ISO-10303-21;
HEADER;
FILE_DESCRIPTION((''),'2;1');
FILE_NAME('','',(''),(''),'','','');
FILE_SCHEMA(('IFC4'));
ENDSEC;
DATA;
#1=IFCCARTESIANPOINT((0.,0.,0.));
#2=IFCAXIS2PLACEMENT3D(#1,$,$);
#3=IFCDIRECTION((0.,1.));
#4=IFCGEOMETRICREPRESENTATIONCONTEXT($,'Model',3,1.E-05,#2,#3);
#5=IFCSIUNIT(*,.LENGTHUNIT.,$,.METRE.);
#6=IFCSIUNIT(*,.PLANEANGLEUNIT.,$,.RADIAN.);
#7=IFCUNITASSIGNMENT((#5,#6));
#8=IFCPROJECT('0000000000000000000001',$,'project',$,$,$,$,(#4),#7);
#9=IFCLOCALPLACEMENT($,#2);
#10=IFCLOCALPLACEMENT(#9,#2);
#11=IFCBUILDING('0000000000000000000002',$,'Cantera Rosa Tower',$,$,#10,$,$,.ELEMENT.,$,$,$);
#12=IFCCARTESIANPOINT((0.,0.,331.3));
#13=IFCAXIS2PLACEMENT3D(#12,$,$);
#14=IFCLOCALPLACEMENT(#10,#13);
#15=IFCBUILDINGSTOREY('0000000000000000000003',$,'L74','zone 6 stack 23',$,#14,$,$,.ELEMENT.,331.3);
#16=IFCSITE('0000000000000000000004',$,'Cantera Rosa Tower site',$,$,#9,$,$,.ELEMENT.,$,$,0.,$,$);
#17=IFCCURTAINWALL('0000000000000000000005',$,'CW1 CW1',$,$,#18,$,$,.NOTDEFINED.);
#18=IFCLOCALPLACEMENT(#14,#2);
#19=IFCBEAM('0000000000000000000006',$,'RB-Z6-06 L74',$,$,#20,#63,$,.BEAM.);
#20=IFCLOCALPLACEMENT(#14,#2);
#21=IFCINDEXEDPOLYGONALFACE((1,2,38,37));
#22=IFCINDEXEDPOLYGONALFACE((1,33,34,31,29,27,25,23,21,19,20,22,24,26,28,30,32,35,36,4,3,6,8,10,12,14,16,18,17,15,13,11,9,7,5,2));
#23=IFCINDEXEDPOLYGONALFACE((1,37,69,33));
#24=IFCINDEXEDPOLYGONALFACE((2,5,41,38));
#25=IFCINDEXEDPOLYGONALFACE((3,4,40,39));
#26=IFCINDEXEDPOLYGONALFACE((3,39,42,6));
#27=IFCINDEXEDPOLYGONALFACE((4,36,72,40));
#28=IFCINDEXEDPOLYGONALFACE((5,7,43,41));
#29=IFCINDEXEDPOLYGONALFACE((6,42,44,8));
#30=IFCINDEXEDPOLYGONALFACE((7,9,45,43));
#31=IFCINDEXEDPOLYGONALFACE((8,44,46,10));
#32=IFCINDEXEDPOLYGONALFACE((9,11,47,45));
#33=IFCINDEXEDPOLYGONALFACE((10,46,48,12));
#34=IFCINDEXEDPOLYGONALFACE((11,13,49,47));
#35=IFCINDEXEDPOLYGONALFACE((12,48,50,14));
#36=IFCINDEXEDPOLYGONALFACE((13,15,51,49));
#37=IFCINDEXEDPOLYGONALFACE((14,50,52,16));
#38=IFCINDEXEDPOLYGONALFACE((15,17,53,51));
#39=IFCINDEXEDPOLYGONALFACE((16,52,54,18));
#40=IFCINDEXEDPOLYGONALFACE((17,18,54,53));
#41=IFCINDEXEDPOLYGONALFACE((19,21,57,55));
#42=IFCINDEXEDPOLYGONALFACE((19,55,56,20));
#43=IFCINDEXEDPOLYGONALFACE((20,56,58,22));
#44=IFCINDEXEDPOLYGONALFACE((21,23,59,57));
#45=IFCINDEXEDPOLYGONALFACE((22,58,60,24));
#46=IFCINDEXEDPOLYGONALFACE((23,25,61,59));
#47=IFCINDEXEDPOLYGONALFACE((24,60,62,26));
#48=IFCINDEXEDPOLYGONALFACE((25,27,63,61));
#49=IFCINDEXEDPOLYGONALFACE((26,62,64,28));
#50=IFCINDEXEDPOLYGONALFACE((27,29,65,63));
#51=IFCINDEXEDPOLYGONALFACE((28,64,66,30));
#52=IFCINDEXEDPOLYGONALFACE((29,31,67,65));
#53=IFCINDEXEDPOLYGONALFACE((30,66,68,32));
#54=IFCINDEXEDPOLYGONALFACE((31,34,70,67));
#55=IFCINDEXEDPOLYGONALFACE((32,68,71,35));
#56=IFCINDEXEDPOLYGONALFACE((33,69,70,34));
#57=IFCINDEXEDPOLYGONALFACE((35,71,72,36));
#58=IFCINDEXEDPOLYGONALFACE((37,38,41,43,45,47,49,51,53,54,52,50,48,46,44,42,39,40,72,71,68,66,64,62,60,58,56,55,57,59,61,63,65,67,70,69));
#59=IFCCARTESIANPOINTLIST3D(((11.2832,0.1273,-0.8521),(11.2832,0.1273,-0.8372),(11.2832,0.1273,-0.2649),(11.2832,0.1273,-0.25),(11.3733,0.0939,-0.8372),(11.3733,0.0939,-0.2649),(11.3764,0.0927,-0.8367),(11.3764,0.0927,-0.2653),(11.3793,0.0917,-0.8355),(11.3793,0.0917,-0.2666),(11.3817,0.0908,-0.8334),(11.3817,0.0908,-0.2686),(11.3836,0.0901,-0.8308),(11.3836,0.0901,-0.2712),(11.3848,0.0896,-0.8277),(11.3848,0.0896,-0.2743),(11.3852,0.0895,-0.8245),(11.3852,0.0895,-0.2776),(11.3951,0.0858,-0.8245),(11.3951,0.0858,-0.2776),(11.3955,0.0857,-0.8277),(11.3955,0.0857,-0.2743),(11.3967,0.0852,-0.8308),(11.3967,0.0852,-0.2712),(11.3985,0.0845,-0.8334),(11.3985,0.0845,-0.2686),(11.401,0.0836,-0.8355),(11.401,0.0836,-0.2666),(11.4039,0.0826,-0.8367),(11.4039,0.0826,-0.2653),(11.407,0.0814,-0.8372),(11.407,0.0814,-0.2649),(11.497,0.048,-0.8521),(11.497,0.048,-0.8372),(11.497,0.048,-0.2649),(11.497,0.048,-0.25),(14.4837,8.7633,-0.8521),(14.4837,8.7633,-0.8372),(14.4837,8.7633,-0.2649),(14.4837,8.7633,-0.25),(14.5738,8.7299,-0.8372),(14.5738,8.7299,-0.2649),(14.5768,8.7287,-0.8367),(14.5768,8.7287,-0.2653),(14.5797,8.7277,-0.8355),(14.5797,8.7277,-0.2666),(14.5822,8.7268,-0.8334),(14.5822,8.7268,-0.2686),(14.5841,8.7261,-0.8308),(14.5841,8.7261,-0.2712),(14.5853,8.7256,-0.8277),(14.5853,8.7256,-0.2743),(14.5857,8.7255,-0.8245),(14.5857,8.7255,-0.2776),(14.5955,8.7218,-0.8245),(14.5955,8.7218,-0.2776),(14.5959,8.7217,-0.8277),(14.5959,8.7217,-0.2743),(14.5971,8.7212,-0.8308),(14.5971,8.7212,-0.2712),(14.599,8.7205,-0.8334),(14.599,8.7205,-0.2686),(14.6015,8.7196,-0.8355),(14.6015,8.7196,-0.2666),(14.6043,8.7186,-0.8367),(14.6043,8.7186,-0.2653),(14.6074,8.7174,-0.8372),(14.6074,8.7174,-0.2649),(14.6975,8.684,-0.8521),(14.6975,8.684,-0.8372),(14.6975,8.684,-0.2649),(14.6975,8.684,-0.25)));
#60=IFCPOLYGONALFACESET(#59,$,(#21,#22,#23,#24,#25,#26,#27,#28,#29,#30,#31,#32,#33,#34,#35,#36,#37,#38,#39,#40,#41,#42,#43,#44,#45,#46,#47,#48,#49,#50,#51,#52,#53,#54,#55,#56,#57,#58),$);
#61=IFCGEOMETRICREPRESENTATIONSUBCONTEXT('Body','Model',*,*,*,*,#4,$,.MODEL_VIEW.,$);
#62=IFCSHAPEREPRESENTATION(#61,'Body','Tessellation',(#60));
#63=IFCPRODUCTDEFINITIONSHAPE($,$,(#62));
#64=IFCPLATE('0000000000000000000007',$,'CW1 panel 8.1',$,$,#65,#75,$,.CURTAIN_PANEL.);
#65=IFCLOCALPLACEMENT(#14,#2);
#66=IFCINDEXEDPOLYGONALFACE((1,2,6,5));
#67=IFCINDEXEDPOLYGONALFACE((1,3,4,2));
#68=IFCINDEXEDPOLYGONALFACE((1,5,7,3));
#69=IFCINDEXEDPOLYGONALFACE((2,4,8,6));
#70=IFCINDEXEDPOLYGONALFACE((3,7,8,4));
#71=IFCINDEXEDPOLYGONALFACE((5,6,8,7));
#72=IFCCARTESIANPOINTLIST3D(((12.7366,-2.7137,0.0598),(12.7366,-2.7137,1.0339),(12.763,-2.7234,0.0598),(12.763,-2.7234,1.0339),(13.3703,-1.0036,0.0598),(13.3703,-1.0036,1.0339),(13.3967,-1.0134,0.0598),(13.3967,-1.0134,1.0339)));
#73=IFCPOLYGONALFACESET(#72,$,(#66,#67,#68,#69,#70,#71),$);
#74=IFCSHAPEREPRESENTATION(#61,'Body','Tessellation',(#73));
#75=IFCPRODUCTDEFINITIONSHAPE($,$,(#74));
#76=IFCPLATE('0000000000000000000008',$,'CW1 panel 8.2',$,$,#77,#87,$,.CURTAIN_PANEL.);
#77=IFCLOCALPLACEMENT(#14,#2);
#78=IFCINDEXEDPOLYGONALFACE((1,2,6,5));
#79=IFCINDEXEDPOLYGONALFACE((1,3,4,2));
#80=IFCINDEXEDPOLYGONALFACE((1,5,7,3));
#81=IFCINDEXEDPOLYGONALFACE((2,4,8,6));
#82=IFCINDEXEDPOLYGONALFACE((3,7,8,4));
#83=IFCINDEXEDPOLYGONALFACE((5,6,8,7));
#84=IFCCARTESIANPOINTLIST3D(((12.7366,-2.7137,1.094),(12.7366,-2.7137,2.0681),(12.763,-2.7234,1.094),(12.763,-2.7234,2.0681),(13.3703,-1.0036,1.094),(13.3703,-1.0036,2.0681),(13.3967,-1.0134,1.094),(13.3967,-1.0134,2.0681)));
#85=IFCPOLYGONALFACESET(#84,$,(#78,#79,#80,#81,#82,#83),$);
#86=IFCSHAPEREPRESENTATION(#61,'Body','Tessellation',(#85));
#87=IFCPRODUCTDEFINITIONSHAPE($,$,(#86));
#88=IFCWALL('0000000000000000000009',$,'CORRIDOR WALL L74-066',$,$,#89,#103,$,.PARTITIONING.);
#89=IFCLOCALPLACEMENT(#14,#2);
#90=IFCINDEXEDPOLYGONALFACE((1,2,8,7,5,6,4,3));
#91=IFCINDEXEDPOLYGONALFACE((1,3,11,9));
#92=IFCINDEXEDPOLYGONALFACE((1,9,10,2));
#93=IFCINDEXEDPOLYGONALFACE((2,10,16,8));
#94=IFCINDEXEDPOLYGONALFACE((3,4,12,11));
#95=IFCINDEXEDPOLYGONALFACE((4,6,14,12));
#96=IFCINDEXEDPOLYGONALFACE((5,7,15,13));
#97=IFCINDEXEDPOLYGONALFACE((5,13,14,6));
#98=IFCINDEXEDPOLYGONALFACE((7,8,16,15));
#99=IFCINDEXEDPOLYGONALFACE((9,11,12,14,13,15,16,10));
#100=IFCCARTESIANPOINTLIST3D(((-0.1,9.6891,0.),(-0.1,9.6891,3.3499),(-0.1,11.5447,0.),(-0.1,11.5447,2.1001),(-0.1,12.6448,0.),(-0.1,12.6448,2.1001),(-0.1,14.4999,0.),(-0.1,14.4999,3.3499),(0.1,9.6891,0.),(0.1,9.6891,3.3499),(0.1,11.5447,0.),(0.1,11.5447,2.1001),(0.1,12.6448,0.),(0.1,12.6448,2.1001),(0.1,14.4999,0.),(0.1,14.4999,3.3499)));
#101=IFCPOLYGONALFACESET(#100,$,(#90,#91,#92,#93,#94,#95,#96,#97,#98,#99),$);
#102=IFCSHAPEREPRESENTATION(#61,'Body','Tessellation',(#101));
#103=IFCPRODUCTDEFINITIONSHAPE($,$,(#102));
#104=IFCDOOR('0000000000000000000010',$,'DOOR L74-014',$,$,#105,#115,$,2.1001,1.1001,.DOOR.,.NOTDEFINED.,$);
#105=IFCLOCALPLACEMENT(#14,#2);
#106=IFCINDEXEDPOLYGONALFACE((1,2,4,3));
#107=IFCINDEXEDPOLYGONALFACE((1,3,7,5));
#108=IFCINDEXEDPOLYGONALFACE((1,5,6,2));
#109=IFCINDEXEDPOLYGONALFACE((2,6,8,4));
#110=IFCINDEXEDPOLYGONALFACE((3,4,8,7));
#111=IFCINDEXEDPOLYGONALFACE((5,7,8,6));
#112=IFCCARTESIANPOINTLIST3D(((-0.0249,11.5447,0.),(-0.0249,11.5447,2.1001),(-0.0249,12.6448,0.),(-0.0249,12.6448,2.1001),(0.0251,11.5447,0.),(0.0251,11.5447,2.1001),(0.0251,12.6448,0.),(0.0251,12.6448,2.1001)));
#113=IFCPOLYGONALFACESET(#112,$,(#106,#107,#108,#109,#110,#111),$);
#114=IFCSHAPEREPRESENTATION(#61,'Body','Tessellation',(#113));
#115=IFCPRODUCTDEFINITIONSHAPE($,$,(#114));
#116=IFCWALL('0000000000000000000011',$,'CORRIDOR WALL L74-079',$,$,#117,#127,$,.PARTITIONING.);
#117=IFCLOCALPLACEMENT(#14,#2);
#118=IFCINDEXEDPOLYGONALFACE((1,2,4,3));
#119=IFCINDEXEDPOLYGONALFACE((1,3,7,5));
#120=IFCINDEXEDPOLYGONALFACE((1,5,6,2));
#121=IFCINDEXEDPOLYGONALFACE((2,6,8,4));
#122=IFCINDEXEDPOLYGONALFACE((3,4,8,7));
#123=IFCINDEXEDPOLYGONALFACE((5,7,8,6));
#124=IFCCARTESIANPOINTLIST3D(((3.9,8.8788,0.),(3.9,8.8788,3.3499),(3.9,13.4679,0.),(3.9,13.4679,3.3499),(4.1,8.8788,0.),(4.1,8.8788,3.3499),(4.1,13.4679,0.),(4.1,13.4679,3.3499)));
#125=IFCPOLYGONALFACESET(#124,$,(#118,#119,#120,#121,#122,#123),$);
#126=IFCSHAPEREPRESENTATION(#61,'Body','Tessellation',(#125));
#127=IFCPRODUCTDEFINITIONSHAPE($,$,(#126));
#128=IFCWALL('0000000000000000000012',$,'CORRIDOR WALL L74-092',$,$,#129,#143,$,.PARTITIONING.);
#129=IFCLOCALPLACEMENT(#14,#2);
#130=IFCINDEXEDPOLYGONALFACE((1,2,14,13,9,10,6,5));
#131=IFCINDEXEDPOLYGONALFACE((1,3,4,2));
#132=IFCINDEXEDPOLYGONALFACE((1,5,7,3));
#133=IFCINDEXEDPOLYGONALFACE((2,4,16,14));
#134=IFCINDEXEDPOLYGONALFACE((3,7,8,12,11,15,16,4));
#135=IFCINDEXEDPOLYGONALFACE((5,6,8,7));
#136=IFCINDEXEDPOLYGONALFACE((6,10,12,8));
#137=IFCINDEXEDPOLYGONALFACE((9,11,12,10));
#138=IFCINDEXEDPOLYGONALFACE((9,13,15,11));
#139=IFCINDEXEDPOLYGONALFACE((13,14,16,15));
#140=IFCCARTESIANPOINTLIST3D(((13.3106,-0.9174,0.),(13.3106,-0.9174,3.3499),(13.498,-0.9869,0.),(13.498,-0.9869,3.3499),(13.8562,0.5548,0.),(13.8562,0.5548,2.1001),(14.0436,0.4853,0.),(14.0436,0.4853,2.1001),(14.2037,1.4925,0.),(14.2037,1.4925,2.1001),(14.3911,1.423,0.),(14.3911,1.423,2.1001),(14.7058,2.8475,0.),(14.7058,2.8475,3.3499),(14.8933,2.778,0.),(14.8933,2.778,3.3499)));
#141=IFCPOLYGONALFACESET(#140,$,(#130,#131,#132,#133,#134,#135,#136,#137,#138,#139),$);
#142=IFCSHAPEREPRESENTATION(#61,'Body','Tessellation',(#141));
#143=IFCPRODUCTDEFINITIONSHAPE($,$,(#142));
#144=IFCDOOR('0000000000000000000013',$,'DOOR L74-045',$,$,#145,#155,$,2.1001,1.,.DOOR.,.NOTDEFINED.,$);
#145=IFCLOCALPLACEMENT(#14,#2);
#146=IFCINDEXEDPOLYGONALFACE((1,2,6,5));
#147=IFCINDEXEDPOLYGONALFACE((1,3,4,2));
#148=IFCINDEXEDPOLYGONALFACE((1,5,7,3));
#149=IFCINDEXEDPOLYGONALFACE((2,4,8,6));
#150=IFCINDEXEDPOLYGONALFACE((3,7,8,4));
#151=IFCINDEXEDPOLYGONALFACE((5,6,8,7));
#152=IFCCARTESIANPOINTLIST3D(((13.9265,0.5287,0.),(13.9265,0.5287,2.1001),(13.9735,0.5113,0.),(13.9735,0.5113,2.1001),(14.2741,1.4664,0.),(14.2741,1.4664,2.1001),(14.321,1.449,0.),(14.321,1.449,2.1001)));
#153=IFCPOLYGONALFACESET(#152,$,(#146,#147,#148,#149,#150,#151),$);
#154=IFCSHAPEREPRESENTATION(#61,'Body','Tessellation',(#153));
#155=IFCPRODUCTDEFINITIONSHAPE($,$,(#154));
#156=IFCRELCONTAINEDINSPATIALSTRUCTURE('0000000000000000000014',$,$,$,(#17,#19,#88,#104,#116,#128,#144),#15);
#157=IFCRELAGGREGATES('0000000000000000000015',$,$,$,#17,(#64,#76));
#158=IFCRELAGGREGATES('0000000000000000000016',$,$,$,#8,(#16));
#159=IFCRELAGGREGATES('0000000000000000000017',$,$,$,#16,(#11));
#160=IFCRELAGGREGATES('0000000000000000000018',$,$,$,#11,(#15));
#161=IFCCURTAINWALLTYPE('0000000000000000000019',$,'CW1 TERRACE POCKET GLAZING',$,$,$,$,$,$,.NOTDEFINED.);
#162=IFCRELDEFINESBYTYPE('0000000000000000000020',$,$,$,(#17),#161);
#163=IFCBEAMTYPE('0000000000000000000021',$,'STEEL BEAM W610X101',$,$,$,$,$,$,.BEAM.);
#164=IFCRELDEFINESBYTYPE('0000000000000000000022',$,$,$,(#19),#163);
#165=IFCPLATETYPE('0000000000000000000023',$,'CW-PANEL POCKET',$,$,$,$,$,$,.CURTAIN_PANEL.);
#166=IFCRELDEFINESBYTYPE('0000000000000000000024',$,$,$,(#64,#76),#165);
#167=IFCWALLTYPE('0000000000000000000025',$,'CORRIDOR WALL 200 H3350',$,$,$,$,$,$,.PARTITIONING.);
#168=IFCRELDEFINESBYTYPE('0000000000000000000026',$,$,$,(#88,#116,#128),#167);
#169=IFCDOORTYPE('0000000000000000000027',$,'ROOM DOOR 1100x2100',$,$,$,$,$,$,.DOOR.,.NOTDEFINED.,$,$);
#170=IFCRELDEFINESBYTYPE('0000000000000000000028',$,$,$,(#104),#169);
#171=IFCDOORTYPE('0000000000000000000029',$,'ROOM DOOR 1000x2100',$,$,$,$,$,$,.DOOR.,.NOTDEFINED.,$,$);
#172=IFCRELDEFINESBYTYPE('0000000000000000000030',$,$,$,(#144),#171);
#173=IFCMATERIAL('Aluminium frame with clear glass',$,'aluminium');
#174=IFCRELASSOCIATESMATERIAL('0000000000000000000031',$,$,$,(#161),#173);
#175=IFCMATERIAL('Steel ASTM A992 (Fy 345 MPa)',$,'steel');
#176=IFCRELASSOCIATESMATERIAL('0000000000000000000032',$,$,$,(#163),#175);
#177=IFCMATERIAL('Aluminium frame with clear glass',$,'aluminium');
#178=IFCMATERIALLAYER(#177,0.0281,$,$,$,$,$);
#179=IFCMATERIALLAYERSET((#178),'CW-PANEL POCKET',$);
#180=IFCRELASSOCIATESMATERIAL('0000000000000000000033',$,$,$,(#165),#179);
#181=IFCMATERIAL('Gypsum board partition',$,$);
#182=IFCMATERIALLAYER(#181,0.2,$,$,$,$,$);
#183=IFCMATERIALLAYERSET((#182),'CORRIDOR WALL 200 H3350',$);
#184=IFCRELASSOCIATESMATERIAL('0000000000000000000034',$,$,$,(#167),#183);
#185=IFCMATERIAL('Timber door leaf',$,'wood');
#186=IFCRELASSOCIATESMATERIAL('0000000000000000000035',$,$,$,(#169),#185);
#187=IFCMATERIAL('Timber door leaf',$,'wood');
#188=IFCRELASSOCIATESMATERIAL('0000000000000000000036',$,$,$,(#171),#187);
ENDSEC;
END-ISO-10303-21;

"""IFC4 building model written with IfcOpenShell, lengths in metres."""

from ifc_helpers import new_model, si_unit, direction, frame, frame_2d, origin, origin_2d, place, context, subcontext, project, spatial, rectangle, i_section, extrude, material, layer, layer_set, material_profile, profile_set, type_object, element, fill, aggregate, save


model = new_model("IFC4")

# Units and contexts
model_context = context("Model", 3, precision=1e-05, world=origin(), true_north=direction((0.0, 1.0)))
body_context = subcontext(model_context, "Body", "Model", "MODEL_VIEW")
ifc_project = project(units=[si_unit("LENGTHUNIT", "METRE"), si_unit("PLANEANGLEUNIT", "RADIAN")], contexts=[model_context])

# Site, building, storey
site_placement = place(None, origin())
site = spatial("IfcSite", under=ifc_project, at=site_placement, Name="Cantera Rosa Tower site", CompositionType="ELEMENT", RefElevation=0.0)
building_placement = place(site_placement, origin())
building = spatial("IfcBuilding", under=site, at=building_placement, Name="Cantera Rosa Tower", CompositionType="ELEMENT")
storey_placement = place(building_placement, frame((0.0, 0.0, 331.3)))
storey = spatial("IfcBuildingStorey", under=building, at=storey_placement, Name="L74", Description="zone 6 stack 23", CompositionType="ELEMENT", Elevation=331.3)

# Curtain wall
ifc_material_1 = material(Name="Aluminium frame with clear glass", Category="aluminium")
curtain_wall_type = type_object("IfcCurtainWallType", Name="CW1 TERRACE POCKET GLAZING", PredefinedType="NOTDEFINED", material=ifc_material_1)
curtain_wall_placement = place(storey_placement, origin())
curtain_wall = element("IfcCurtainWall", 1, at=curtain_wall_placement, inside=storey, type_object=curtain_wall_type, Name="CW1 CW1", PredefinedType="NOTDEFINED")

# Beam
ifc_material_2 = material(Name="Steel ASTM A992 (Fy 345 MPa)", Category="steel")
ifc_material_profile_1 = material_profile(ifc_material_2, i_section(OverallWidth=0.228, OverallDepth=0.6021, WebThickness=0.0105, FlangeThickness=0.0149, FilletRadius=0.0127, at=origin_2d()), Name="W610X101")
ifc_profile_set_1 = profile_set([ifc_material_profile_1], Name="Steel ASTM A992 (Fy 345 MPa)")
beam_type_1 = type_object("IfcBeamType", Name="STEEL BEAM W610X101", PredefinedType="BEAM", material=ifc_profile_set_1)
beam_1_placement = place(storey_placement, frame((11.3901, 0.0876, -0.551), z_axis=(0.347498, 0.937681, 0.0), x_axis=(-0.937681, 0.347498, 0.0)))
element("IfcBeam", 2, at=beam_1_placement, inside=storey, type_object=beam_type_1, Name="RB-Z6-06 L74", PredefinedType="BEAM", context=body_context, shape_type="SweptSolid", body=[
    extrude(i_section(OverallWidth=0.228, OverallDepth=0.6021, WebThickness=0.0105, FlangeThickness=0.0149, FilletRadius=0.0127, at=origin_2d()), origin(), (0.0, 0.0, 1.0), 9.21),
])

# Plates
ifc_material_3 = material(Name="Aluminium frame with clear glass", Category="aluminium")
ifc_layer_1 = layer(ifc_material_3, 0.0281)
ifc_layer_set_1 = layer_set([ifc_layer_1], Name="CW-PANEL POCKET")
plate_type = type_object("IfcPlateType", Name="CW-PANEL POCKET", PredefinedType="CURTAIN_PANEL", material=ifc_layer_set_1)
plate_1_placement = place(storey_placement, frame((13.0667, -1.8635, 0.0598), z_axis=(0.0, 0.0, 1.0), x_axis=(0.347481, 0.937687, 0.0)))
plate_1 = element("IfcPlate", 3, at=plate_1_placement, type_object=plate_type, Name="CW1 panel 8.1", PredefinedType="CURTAIN_PANEL", context=body_context, shape_type="SweptSolid", body=[
    extrude(rectangle(XDim=1.8237, YDim=0.0281, at=origin_2d()), origin(), (0.0, 0.0, 1.0), 0.9741),
])
plate_2_placement = place(storey_placement, frame((13.0667, -1.8635, 1.094), z_axis=(0.0, 0.0, 1.0), x_axis=(0.347481, 0.937687, 0.0)))
plate_2 = element("IfcPlate", 4, at=plate_2_placement, type_object=plate_type, Name="CW1 panel 8.2", PredefinedType="CURTAIN_PANEL", context=body_context, shape_type="SweptSolid", body=[
    extrude(rectangle(XDim=1.8237, YDim=0.0281, at=origin_2d()), origin(), (0.0, 0.0, 1.0), 0.9741),
])
aggregate(curtain_wall, [plate_1, plate_2])

# Wall, opening, door
ifc_material_4 = material(Name="Gypsum board partition")
ifc_layer_2 = layer(ifc_material_4, 0.2)
ifc_layer_set_2 = layer_set([ifc_layer_2], Name="CORRIDOR WALL 200 H3350")
wall_type_1 = type_object("IfcWallType", Name="CORRIDOR WALL 200 H3350", PredefinedType="PARTITIONING", material=ifc_layer_set_2)
wall_1_placement = place(storey_placement, frame((0.0, 9.6892, 0.0), z_axis=(0.0, 0.0, 1.0), x_axis=(0.0, 1.0, 0.0)))
wall_1 = element("IfcWall", 5, at=wall_1_placement, inside=storey, type_object=wall_type_1, Name="CORRIDOR WALL L74-066", PredefinedType="PARTITIONING", context=body_context, shape_type="SweptSolid", body=[
    extrude(rectangle(XDim=4.8108, YDim=0.2, at=frame_2d((2.4053, 0.0))), origin(), (0.0, 0.0, 1.0), 3.3499),
])
opening_1_placement = place(wall_1_placement, frame((1.8555, 0.0, 0.0)))
opening_1 = element("IfcOpeningElement", 6, at=opening_1_placement, cuts=wall_1, PredefinedType="OPENING", context=body_context, shape_type="SweptSolid", body=[
    extrude(rectangle(XDim=1.1001, YDim=2.1001, at=frame_2d((0.55, 1.05))), frame((0.0, 0.1099, 0.0), z_axis=(0.0, -1.0, 0.0), x_axis=(1.0, 0.0, 0.0)), (0.0, 0.0, 1.0), 0.22),
])
ifc_material_5 = material(Name="Timber door leaf", Category="wood")
door_type_1 = type_object("IfcDoorType", Name="ROOM DOOR 1100x2100", OperationType="NOTDEFINED", PredefinedType="DOOR", material=ifc_material_5)
door_1_placement = place(opening_1_placement, origin())
door_1 = element("IfcDoor", 7, at=door_1_placement, inside=storey, type_object=door_type_1, Name="DOOR L74-014", OperationType="NOTDEFINED", OverallHeight=2.1001, OverallWidth=1.1001, PredefinedType="DOOR", context=body_context, shape_type="SweptSolid", body=[
    extrude(rectangle(XDim=1.1001, YDim=2.1001, at=frame_2d((0.55, 1.05))), frame((0.0, 0.0249, 0.0), z_axis=(0.0, -1.0, 0.0), x_axis=(1.0, 0.0, 0.0)), (0.0, 0.0, 1.0), 0.05),
])
fill(opening_1, door_1)

# Wall
wall_2_placement = place(storey_placement, frame((4.0, 8.8789, 0.0), z_axis=(0.0, 0.0, 1.0), x_axis=(0.0, 1.0, 0.0)))
element("IfcWall", 8, at=wall_2_placement, inside=storey, type_object=wall_type_1, Name="CORRIDOR WALL L74-079", PredefinedType="PARTITIONING", context=body_context, shape_type="SweptSolid", body=[
    extrude(rectangle(XDim=4.5891, YDim=0.2, at=frame_2d((2.2944, 0.0))), origin(), (0.0, 0.0, 1.0), 3.3499),
])

# Wall, opening, door
wall_3_placement = place(storey_placement, frame((13.4043, -0.9521, 0.0), z_axis=(0.0, 0.0, 1.0), x_axis=(0.347502, 0.937679, 0.0)))
wall_3 = element("IfcWall", 9, at=wall_3_placement, inside=storey, type_object=wall_type_1, Name="CORRIDOR WALL L74-092", PredefinedType="PARTITIONING", context=body_context, shape_type="SweptSolid", body=[
    extrude(rectangle(XDim=4.0151, YDim=0.2, at=frame_2d((2.0076, 0.0))), origin(), (0.0, 0.0, 1.0), 3.3499),
])
opening_2_placement = place(wall_3_placement, frame((1.5701, 0.0, 0.0)))
opening_2 = element("IfcOpeningElement", 10, at=opening_2_placement, cuts=wall_3, PredefinedType="OPENING", context=body_context, shape_type="SweptSolid", body=[
    extrude(rectangle(XDim=1.0, YDim=2.1001, at=frame_2d((0.5, 1.05))), frame((0.0, 0.1099, 0.0), z_axis=(0.0, -1.0, 0.0), x_axis=(1.0, 0.0, 0.0)), (0.0, 0.0, 1.0), 0.22),
])
ifc_material_6 = material(Name="Timber door leaf", Category="wood")
door_type_2 = type_object("IfcDoorType", Name="ROOM DOOR 1000x2100", OperationType="NOTDEFINED", PredefinedType="DOOR", material=ifc_material_6)
door_2_placement = place(opening_2_placement, origin())
door_2 = element("IfcDoor", 11, at=door_2_placement, inside=storey, type_object=door_type_2, Name="DOOR L74-045", OperationType="NOTDEFINED", OverallHeight=2.1001, OverallWidth=1.0, PredefinedType="DOOR", context=body_context, shape_type="SweptSolid", body=[
    extrude(rectangle(XDim=1.0, YDim=2.1001, at=frame_2d((0.5, 1.05))), frame((0.0, 0.0249, 0.0), z_axis=(0.0, -1.0, 0.0), x_axis=(1.0, 0.0, 0.0)), (0.0, 0.0, 1.0), 0.05),
])
fill(opening_2, door_2)

save(model, "model.ifc")
